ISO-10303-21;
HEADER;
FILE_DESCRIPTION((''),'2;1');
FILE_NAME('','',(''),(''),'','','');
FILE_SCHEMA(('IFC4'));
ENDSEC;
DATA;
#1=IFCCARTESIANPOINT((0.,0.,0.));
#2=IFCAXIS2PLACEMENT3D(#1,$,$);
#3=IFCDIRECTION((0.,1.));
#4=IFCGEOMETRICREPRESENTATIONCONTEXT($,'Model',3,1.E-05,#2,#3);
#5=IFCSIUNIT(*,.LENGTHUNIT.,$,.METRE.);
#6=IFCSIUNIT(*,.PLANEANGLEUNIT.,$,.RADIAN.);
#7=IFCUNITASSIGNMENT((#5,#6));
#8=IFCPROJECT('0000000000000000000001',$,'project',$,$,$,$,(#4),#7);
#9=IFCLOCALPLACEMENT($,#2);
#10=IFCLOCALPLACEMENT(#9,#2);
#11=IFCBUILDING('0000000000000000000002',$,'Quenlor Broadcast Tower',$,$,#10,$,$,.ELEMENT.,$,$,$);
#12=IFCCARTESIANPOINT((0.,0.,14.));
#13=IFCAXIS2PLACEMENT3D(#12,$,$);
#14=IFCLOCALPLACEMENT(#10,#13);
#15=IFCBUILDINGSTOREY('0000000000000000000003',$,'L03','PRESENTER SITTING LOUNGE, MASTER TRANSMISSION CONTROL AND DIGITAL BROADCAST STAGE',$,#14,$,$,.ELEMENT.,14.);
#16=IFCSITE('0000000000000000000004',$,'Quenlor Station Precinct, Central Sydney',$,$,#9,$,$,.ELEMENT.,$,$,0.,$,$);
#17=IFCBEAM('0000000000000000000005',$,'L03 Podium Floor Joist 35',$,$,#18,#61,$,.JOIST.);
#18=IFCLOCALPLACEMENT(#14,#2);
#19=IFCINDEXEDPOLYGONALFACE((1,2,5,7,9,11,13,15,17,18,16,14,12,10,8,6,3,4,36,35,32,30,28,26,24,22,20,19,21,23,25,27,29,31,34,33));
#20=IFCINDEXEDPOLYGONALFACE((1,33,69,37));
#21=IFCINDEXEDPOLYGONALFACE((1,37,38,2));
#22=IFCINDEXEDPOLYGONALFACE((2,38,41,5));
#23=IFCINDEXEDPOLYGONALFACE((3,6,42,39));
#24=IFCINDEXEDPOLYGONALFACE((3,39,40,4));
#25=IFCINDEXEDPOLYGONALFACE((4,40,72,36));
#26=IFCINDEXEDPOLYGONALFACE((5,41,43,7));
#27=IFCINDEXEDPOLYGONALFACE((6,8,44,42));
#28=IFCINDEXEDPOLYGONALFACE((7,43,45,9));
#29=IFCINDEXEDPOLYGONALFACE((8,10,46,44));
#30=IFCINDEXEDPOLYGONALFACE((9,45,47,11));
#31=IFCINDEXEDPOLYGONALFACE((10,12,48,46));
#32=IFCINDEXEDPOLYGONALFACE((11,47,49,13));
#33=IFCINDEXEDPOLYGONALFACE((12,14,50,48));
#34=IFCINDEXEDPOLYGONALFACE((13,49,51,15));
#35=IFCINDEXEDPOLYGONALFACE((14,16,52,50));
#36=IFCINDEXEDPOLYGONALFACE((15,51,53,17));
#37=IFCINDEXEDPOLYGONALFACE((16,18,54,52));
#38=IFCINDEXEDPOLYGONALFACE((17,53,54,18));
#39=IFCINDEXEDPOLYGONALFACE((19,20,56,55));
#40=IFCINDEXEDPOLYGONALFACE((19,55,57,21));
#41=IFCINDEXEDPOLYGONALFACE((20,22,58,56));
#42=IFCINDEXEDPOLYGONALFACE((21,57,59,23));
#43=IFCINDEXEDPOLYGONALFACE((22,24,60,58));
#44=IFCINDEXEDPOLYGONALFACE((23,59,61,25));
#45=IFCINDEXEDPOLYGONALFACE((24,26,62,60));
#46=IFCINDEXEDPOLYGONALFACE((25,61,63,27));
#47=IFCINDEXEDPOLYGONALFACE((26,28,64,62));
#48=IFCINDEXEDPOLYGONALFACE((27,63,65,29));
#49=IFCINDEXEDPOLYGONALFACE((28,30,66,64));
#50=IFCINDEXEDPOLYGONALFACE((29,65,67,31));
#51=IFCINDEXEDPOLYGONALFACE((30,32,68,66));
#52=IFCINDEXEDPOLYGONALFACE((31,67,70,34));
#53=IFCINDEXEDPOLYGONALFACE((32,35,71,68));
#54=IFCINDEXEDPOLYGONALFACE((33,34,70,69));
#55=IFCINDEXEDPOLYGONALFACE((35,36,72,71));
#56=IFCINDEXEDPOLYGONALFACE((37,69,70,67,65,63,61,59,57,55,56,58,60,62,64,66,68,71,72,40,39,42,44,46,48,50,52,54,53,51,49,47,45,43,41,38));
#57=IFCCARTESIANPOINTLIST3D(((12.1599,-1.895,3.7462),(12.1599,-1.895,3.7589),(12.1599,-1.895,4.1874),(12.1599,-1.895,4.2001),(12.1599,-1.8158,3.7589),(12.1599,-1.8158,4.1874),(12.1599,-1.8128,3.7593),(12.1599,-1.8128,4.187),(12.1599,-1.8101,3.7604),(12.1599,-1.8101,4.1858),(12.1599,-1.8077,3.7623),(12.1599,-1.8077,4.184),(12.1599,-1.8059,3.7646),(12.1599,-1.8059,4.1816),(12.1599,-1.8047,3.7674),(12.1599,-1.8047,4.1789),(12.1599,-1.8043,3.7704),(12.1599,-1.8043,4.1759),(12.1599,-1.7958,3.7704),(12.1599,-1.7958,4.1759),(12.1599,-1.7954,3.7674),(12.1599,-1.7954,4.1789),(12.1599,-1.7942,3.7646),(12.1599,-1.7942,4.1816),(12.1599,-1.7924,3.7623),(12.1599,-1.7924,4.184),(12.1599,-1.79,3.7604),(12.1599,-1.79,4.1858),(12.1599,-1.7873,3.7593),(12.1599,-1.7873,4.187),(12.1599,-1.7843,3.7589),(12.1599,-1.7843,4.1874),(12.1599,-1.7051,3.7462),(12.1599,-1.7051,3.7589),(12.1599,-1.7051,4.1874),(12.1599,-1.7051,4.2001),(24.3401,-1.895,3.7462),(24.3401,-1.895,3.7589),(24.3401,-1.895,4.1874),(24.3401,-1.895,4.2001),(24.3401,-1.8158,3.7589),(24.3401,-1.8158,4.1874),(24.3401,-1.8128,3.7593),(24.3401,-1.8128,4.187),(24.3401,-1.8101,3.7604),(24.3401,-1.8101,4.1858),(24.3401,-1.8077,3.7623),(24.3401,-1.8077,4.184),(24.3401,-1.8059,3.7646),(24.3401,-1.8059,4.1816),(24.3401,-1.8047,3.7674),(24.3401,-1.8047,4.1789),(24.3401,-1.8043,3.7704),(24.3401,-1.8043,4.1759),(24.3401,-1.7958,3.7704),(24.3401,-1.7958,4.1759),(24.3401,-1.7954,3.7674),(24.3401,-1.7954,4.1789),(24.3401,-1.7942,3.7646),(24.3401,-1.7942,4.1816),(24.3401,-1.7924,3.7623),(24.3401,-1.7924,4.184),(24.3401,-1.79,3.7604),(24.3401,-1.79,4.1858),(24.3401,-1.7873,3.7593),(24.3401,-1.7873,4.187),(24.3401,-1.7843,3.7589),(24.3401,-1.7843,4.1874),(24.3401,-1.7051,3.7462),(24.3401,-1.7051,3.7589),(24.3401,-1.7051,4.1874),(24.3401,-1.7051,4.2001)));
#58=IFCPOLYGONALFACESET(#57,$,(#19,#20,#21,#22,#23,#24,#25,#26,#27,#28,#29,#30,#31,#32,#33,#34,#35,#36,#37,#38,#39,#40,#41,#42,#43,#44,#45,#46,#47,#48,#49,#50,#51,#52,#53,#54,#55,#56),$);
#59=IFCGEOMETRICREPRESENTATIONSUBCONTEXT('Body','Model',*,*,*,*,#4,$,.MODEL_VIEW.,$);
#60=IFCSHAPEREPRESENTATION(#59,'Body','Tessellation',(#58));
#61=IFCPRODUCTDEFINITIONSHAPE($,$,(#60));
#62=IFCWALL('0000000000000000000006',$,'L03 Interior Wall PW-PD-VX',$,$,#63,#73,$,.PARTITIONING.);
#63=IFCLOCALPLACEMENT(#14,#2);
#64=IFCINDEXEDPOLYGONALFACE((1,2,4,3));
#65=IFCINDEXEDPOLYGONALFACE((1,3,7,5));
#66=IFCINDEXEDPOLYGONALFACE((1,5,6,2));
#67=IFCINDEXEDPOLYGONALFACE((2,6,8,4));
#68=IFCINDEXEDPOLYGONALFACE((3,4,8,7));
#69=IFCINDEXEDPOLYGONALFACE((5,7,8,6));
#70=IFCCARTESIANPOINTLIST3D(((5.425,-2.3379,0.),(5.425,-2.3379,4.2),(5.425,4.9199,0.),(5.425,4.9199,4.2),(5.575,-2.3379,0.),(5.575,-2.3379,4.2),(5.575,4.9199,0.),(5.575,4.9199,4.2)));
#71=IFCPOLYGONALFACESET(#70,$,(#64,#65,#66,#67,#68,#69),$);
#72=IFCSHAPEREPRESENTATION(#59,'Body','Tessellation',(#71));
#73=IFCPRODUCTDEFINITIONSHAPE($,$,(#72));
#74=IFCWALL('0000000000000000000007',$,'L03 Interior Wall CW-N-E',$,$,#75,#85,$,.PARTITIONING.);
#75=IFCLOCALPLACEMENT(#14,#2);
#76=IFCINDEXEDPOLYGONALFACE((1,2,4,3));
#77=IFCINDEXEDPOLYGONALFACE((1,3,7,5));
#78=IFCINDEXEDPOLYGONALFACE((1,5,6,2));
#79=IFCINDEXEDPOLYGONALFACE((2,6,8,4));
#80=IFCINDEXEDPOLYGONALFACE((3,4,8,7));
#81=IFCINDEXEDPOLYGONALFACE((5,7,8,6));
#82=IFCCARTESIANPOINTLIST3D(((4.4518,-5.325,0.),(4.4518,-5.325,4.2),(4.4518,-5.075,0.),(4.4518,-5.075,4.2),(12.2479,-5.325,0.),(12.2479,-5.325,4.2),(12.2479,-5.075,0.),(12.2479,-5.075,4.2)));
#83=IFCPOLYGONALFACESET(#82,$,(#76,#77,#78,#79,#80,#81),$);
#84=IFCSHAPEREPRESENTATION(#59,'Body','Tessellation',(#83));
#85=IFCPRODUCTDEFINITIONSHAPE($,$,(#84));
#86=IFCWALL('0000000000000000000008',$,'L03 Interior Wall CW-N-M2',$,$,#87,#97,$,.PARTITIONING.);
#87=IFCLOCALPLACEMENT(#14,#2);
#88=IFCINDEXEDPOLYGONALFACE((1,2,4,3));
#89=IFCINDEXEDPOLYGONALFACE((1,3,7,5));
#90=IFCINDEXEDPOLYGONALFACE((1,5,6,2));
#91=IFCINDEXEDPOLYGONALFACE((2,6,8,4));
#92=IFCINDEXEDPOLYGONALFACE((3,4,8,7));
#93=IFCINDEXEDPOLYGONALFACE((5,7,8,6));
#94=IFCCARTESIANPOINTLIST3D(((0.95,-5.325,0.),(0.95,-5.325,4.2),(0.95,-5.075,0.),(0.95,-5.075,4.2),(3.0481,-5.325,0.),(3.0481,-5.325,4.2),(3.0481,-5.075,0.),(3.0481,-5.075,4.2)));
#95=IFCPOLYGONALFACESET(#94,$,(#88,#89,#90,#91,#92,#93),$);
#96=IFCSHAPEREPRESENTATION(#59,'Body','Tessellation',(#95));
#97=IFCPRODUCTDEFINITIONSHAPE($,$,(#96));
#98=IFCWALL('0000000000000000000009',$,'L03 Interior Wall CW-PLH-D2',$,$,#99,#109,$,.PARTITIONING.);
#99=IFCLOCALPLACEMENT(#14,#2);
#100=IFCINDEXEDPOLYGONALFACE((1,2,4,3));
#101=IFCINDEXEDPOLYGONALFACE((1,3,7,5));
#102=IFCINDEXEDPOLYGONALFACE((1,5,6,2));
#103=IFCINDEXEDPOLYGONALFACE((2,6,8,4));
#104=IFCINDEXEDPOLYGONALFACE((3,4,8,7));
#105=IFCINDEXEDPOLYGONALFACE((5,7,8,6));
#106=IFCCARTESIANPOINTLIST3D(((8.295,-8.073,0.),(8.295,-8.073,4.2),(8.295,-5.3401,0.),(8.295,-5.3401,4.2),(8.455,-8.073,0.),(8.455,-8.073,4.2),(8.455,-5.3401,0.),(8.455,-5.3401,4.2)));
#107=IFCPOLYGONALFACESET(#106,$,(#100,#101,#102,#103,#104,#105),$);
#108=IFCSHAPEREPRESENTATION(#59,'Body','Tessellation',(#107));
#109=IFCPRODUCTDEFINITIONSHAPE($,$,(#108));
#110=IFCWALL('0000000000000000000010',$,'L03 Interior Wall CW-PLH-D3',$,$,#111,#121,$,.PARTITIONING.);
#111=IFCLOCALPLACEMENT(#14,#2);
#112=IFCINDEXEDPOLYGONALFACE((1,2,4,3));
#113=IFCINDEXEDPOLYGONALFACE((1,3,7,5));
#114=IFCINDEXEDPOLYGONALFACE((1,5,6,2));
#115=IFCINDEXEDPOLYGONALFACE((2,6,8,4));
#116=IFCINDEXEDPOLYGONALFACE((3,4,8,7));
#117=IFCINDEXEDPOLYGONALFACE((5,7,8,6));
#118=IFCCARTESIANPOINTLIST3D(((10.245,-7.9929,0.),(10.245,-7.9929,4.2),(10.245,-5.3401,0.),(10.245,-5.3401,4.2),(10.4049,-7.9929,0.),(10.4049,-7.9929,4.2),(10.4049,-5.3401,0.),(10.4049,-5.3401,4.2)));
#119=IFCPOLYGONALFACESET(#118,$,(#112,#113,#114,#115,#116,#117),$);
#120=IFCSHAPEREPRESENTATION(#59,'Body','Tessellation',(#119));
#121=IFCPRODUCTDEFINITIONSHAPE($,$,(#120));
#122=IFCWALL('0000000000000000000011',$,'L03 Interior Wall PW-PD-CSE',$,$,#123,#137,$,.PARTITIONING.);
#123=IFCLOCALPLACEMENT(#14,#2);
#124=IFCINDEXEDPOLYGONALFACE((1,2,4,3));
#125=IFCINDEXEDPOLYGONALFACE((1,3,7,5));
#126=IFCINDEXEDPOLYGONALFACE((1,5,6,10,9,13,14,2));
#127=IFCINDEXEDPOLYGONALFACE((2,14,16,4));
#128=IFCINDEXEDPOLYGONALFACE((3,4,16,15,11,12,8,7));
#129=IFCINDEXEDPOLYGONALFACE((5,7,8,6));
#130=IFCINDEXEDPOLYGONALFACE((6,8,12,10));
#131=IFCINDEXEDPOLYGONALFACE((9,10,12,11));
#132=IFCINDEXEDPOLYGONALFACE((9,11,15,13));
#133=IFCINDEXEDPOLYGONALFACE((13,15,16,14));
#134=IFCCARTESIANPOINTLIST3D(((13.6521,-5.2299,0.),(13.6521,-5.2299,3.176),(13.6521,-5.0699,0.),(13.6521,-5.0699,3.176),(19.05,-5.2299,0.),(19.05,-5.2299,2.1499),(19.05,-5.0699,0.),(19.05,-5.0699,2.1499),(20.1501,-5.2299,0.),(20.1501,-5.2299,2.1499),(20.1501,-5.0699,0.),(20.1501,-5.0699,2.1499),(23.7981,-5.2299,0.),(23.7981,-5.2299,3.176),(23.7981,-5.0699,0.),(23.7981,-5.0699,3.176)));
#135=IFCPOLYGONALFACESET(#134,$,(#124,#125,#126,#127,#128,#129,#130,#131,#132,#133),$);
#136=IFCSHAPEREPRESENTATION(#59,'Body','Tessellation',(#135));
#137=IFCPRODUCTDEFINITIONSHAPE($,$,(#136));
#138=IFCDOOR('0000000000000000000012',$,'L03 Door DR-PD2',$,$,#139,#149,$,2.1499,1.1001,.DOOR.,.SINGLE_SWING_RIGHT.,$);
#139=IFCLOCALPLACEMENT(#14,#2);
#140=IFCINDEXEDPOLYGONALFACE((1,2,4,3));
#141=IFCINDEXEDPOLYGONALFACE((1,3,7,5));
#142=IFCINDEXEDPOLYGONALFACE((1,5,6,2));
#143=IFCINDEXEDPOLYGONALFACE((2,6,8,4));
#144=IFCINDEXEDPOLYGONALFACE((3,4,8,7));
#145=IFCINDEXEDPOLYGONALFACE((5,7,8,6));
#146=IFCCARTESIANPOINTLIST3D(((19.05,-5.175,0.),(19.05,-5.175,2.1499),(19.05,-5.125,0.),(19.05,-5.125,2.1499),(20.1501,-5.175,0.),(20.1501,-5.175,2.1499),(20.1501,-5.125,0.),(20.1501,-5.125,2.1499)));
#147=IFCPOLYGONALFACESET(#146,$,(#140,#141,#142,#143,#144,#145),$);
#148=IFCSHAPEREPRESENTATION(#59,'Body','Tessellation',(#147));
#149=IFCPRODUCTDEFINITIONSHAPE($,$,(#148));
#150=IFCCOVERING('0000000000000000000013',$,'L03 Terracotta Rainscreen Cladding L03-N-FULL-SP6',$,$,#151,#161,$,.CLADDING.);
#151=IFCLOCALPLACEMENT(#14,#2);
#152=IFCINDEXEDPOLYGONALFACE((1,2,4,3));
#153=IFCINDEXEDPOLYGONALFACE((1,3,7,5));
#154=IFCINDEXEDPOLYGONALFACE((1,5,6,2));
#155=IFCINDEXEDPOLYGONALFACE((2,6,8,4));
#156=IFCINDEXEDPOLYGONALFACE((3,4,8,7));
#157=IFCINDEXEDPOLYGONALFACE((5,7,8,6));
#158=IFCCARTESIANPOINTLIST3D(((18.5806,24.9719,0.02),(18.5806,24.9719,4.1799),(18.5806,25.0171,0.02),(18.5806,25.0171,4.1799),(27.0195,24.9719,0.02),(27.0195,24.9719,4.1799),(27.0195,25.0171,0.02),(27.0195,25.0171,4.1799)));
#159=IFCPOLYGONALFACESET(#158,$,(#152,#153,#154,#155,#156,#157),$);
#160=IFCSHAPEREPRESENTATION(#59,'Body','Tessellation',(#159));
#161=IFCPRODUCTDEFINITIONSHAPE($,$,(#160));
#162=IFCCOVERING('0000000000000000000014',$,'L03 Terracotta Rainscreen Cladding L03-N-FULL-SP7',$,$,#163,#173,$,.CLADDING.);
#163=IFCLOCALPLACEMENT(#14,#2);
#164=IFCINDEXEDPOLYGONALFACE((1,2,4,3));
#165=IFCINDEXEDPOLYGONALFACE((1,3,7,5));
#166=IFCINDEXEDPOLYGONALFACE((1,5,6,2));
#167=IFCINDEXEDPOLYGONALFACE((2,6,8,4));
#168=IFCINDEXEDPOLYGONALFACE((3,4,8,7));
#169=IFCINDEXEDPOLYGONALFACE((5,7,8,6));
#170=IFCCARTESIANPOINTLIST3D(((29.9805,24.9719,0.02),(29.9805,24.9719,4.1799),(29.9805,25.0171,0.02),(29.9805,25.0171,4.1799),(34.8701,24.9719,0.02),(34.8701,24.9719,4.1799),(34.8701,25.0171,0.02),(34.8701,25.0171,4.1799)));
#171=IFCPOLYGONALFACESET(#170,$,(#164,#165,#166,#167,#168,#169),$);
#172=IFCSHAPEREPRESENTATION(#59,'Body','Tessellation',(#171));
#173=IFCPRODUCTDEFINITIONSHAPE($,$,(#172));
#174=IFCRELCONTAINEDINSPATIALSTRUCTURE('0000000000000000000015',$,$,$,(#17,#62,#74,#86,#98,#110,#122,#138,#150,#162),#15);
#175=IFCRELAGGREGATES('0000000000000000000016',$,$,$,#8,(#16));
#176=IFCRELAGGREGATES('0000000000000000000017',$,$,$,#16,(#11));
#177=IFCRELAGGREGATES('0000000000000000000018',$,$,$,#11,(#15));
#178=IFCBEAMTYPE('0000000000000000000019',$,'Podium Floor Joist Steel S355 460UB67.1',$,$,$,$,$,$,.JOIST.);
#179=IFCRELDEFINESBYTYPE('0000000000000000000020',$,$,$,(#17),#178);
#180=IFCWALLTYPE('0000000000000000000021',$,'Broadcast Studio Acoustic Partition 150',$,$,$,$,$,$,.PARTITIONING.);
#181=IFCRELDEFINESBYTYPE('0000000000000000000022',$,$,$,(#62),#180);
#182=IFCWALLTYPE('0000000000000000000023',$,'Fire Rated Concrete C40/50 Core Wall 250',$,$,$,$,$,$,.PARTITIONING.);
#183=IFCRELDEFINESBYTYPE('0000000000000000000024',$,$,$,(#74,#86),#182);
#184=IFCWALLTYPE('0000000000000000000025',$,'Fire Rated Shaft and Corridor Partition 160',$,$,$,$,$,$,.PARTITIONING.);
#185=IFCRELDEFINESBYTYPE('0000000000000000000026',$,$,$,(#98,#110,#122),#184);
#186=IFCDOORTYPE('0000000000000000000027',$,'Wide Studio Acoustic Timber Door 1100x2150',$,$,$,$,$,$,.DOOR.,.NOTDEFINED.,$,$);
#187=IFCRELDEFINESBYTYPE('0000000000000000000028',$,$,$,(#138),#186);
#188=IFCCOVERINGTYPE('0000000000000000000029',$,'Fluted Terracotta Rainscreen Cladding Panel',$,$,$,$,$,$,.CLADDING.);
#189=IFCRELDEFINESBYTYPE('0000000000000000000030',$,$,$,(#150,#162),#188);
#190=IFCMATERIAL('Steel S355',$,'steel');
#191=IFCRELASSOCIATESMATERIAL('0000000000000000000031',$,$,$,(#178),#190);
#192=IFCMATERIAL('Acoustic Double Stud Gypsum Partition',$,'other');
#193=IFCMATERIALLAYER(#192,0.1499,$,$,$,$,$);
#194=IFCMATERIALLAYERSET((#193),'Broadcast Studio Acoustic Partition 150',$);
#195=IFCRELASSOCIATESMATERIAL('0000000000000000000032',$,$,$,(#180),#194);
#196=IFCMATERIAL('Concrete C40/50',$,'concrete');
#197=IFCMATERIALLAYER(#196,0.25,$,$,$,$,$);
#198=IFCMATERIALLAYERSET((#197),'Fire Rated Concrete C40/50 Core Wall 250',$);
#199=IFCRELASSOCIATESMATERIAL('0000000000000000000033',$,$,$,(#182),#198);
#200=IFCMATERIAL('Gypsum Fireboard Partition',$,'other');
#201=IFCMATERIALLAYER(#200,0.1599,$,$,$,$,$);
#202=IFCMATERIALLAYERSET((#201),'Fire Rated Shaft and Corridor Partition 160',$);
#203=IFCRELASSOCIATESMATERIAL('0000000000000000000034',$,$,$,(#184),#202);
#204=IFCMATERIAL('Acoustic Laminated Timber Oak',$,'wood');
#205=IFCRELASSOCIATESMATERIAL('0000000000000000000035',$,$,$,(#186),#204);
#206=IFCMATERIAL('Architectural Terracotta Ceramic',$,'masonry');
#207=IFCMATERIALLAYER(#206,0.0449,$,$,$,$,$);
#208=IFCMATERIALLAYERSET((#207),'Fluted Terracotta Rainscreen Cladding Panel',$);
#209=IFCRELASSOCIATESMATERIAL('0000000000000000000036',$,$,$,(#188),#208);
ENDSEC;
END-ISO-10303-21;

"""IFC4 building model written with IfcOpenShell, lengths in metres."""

from ifc_helpers import new_model, si_unit, direction, frame, frame_2d, origin, origin_2d, place, context, subcontext, project, spatial, polyline, rectangle, i_section, outline, extrude, material, layer, layer_set, material_profile, profile_set, type_object, element, fill, save


model = new_model("IFC4")

# Units and contexts
model_context = context("Model", 3, precision=1e-05, world=origin(), true_north=direction((0.0, 1.0)))
body_context = subcontext(model_context, "Body", "Model", "MODEL_VIEW")
ifc_project = project(units=[si_unit("LENGTHUNIT", "METRE"), si_unit("PLANEANGLEUNIT", "RADIAN")], contexts=[model_context])

# Site, building, storey
site_placement = place(None, origin())
site = spatial("IfcSite", under=ifc_project, at=site_placement, Name="Quenlor Station Precinct, Central Sydney", CompositionType="ELEMENT", RefElevation=0.0)
building_placement = place(site_placement, origin())
building = spatial("IfcBuilding", under=site, at=building_placement, Name="Quenlor Broadcast Tower", CompositionType="ELEMENT")
storey_placement = place(building_placement, frame((0.0, 0.0, 14.0)))
storey = spatial("IfcBuildingStorey", under=building, at=storey_placement, Name="L03", Description="PRESENTER SITTING LOUNGE, MASTER TRANSMISSION CONTROL AND DIGITAL BROADCAST STAGE", CompositionType="ELEMENT", Elevation=14.0)

# Beam
ifc_material_1 = material(Name="Steel S355", Category="steel")
ifc_material_profile_1 = material_profile(ifc_material_1, i_section(OverallWidth=0.1899, OverallDepth=0.4539, WebThickness=0.0085, FlangeThickness=0.0127, FilletRadius=0.0115, at=origin_2d()))
ifc_profile_set_1 = profile_set([ifc_material_profile_1], Name="Steel S355 460UB67.1")
beam_type_1 = type_object("IfcBeamType", Name="Podium Floor Joist Steel S355 460UB67.1", PredefinedType="JOIST", material=ifc_profile_set_1)
beam_1_placement = place(storey_placement, frame((12.1599, -1.8, 3.9731), z_axis=(1.0, 0.0, 0.0), x_axis=(0.0, 1.0, 0.0)))
element("IfcBeam", 1, at=beam_1_placement, inside=storey, type_object=beam_type_1, Name="L03 Podium Floor Joist 35", PredefinedType="JOIST", context=body_context, shape_type="SweptSolid", body=[
    extrude(i_section(OverallWidth=0.1899, OverallDepth=0.4539, WebThickness=0.0085, FlangeThickness=0.0127, FilletRadius=0.0115, at=origin_2d()), origin(), (0.0, 0.0, 1.0), 12.1802),
])

# Walls
ifc_material_2 = material(Name="Acoustic Double Stud Gypsum Partition", Category="other")
ifc_layer_1 = layer(ifc_material_2, 0.1499)
ifc_layer_set_1 = layer_set([ifc_layer_1], Name="Broadcast Studio Acoustic Partition 150")
wall_type_1 = type_object("IfcWallType", Name="Broadcast Studio Acoustic Partition 150", PredefinedType="PARTITIONING", material=ifc_layer_set_1)
wall_1_placement = place(storey_placement, frame((5.5, -2.3379, 0.0), z_axis=(0.0, 0.0, 1.0), x_axis=(0.0, 1.0, 0.0)))
element("IfcWall", 2, at=wall_1_placement, inside=storey, type_object=wall_type_1, Name="L03 Interior Wall PW-PD-VX", PredefinedType="PARTITIONING", context=body_context, shape_type="SweptSolid", body=[
    extrude(rectangle(XDim=7.2578, YDim=0.1499, at=frame_2d((3.6289, 0.0))), origin(), (0.0, 0.0, 1.0), 4.2),
])
ifc_material_3 = material(Name="Concrete C40/50", Category="concrete")
ifc_layer_2 = layer(ifc_material_3, 0.25)
ifc_layer_set_2 = layer_set([ifc_layer_2], Name="Fire Rated Concrete C40/50 Core Wall 250")
wall_type_2 = type_object("IfcWallType", Name="Fire Rated Concrete C40/50 Core Wall 250", PredefinedType="PARTITIONING", material=ifc_layer_set_2)
wall_2_placement = place(storey_placement, frame((4.4519, -5.2, 0.0), z_axis=(0.0, 0.0, 1.0), x_axis=(1.0, 0.0, 0.0)))
element("IfcWall", 3, at=wall_2_placement, inside=storey, type_object=wall_type_2, Name="L03 Interior Wall CW-N-E", PredefinedType="PARTITIONING", context=body_context, shape_type="SweptSolid", body=[
    extrude(rectangle(XDim=7.7961, YDim=0.25, at=frame_2d((3.8979, 0.0))), origin(), (0.0, 0.0, 1.0), 4.2),
])
wall_3_placement = place(storey_placement, frame((0.95, -5.2, 0.0), z_axis=(0.0, 0.0, 1.0), x_axis=(1.0, 0.0, 0.0)))
element("IfcWall", 4, at=wall_3_placement, inside=storey, type_object=wall_type_2, Name="L03 Interior Wall CW-N-M2", PredefinedType="PARTITIONING", context=body_context, shape_type="SweptSolid", body=[
    extrude(rectangle(XDim=2.0981, YDim=0.25, at=frame_2d((1.0491, 0.0))), origin(), (0.0, 0.0, 1.0), 4.2),
])
ifc_material_4 = material(Name="Gypsum Fireboard Partition", Category="other")
ifc_layer_3 = layer(ifc_material_4, 0.1599)
ifc_layer_set_3 = layer_set([ifc_layer_3], Name="Fire Rated Shaft and Corridor Partition 160")
wall_type_3 = type_object("IfcWallType", Name="Fire Rated Shaft and Corridor Partition 160", PredefinedType="PARTITIONING", material=ifc_layer_set_3)
wall_4_placement = place(storey_placement, frame((8.375, -8.073, 0.0), z_axis=(0.0, 0.0, 1.0), x_axis=(0.0, 1.0, 0.0)))
element("IfcWall", 5, at=wall_4_placement, inside=storey, type_object=wall_type_3, Name="L03 Interior Wall CW-PLH-D2", PredefinedType="PARTITIONING", context=body_context, shape_type="SweptSolid", body=[
    extrude(rectangle(XDim=2.7329, YDim=0.1599, at=frame_2d((1.3665, 0.0))), origin(), (0.0, 0.0, 1.0), 4.2),
])
wall_5_placement = place(storey_placement, frame((10.325, -7.9929, 0.0), z_axis=(0.0, 0.0, 1.0), x_axis=(0.0, 1.0, 0.0)))
element("IfcWall", 6, at=wall_5_placement, inside=storey, type_object=wall_type_3, Name="L03 Interior Wall CW-PLH-D3", PredefinedType="PARTITIONING", context=body_context, shape_type="SweptSolid", body=[
    extrude(rectangle(XDim=2.6528, YDim=0.1599, at=frame_2d((1.3264, 0.0))), origin(), (0.0, 0.0, 1.0), 4.2),
])

# Wall, opening, door
wall_6_placement = place(storey_placement, frame((13.6521, -5.1499, 0.0), z_axis=(0.0, 0.0, 1.0), x_axis=(1.0, 0.0, 0.0)))
wall_6 = element("IfcWall", 7, at=wall_6_placement, inside=storey, type_object=wall_type_3, Name="L03 Interior Wall PW-PD-CSE", PredefinedType="PARTITIONING", context=body_context, shape_type="SweptSolid", body=[
    extrude(rectangle(XDim=10.146, YDim=0.1599, at=frame_2d((5.073, 0.0))), origin(), (0.0, 0.0, 1.0), 3.176),
])
opening_placement = place(wall_6_placement, frame((5.3979, 0.0, 0.0)))
opening = element("IfcOpeningElement", 8, at=opening_placement, cuts=wall_6, PredefinedType="OPENING", context=body_context, shape_type="SweptSolid", body=[
    extrude(rectangle(XDim=1.1001, YDim=2.1499, at=frame_2d((0.55, 1.075))), frame((0.0, 0.0898, 0.0), z_axis=(0.0, -1.0, 0.0), x_axis=(1.0, 0.0, 0.0)), (0.0, 0.0, 1.0), 0.1799),
])
ifc_material_5 = material(Name="Acoustic Laminated Timber Oak", Category="wood")
door_type = type_object("IfcDoorType", Name="Wide Studio Acoustic Timber Door 1100x2150", OperationType="NOTDEFINED", PredefinedType="DOOR", material=ifc_material_5)
door_placement = place(opening_placement, origin())
door = element("IfcDoor", 9, at=door_placement, inside=storey, type_object=door_type, Name="L03 Door DR-PD2", OperationType="SINGLE_SWING_RIGHT", OverallHeight=2.1499, OverallWidth=1.1001, PredefinedType="DOOR", context=body_context, shape_type="SweptSolid", body=[
    extrude(rectangle(XDim=1.1001, YDim=2.1499, at=frame_2d((0.55, 1.075))), frame((0.0, 0.0249, 0.0), z_axis=(0.0, -1.0, 0.0), x_axis=(1.0, 0.0, 0.0)), (0.0, 0.0, 1.0), 0.05),
])
fill(opening, door)

# Coverings
ifc_material_6 = material(Name="Architectural Terracotta Ceramic", Category="masonry")
ifc_layer_4 = layer(ifc_material_6, 0.0449)
ifc_layer_set_4 = layer_set([ifc_layer_4], Name="Fluted Terracotta Rainscreen Cladding Panel")
covering_type = type_object("IfcCoveringType", Name="Fluted Terracotta Rainscreen Cladding Panel", PredefinedType="CLADDING", material=ifc_layer_set_4)
covering_1_placement = place(storey_placement, frame((0.0, 0.0, 0.02)))
element("IfcCovering", 10, at=covering_1_placement, inside=storey, type_object=covering_type, Name="L03 Terracotta Rainscreen Cladding L03-N-FULL-SP6", PredefinedType="CLADDING", context=body_context, shape_type="SweptSolid", body=[
    extrude(outline(polyline([(18.5806, 24.9719), (27.0195, 24.9719), (27.0195, 25.0171), (18.5806, 25.0171), (18.5806, 24.9719)])), origin(), (0.0, 0.0, 1.0), 4.1599),
])
covering_2_placement = place(storey_placement, frame((0.0, 0.0, 0.02)))
element("IfcCovering", 11, at=covering_2_placement, inside=storey, type_object=covering_type, Name="L03 Terracotta Rainscreen Cladding L03-N-FULL-SP7", PredefinedType="CLADDING", context=body_context, shape_type="SweptSolid", body=[
    extrude(outline(polyline([(29.9805, 24.9719), (34.8701, 24.9719), (34.8701, 25.0171), (29.9805, 25.0171), (29.9805, 24.9719)])), origin(), (0.0, 0.0, 1.0), 4.1599),
])

save(model, "model.ifc")
